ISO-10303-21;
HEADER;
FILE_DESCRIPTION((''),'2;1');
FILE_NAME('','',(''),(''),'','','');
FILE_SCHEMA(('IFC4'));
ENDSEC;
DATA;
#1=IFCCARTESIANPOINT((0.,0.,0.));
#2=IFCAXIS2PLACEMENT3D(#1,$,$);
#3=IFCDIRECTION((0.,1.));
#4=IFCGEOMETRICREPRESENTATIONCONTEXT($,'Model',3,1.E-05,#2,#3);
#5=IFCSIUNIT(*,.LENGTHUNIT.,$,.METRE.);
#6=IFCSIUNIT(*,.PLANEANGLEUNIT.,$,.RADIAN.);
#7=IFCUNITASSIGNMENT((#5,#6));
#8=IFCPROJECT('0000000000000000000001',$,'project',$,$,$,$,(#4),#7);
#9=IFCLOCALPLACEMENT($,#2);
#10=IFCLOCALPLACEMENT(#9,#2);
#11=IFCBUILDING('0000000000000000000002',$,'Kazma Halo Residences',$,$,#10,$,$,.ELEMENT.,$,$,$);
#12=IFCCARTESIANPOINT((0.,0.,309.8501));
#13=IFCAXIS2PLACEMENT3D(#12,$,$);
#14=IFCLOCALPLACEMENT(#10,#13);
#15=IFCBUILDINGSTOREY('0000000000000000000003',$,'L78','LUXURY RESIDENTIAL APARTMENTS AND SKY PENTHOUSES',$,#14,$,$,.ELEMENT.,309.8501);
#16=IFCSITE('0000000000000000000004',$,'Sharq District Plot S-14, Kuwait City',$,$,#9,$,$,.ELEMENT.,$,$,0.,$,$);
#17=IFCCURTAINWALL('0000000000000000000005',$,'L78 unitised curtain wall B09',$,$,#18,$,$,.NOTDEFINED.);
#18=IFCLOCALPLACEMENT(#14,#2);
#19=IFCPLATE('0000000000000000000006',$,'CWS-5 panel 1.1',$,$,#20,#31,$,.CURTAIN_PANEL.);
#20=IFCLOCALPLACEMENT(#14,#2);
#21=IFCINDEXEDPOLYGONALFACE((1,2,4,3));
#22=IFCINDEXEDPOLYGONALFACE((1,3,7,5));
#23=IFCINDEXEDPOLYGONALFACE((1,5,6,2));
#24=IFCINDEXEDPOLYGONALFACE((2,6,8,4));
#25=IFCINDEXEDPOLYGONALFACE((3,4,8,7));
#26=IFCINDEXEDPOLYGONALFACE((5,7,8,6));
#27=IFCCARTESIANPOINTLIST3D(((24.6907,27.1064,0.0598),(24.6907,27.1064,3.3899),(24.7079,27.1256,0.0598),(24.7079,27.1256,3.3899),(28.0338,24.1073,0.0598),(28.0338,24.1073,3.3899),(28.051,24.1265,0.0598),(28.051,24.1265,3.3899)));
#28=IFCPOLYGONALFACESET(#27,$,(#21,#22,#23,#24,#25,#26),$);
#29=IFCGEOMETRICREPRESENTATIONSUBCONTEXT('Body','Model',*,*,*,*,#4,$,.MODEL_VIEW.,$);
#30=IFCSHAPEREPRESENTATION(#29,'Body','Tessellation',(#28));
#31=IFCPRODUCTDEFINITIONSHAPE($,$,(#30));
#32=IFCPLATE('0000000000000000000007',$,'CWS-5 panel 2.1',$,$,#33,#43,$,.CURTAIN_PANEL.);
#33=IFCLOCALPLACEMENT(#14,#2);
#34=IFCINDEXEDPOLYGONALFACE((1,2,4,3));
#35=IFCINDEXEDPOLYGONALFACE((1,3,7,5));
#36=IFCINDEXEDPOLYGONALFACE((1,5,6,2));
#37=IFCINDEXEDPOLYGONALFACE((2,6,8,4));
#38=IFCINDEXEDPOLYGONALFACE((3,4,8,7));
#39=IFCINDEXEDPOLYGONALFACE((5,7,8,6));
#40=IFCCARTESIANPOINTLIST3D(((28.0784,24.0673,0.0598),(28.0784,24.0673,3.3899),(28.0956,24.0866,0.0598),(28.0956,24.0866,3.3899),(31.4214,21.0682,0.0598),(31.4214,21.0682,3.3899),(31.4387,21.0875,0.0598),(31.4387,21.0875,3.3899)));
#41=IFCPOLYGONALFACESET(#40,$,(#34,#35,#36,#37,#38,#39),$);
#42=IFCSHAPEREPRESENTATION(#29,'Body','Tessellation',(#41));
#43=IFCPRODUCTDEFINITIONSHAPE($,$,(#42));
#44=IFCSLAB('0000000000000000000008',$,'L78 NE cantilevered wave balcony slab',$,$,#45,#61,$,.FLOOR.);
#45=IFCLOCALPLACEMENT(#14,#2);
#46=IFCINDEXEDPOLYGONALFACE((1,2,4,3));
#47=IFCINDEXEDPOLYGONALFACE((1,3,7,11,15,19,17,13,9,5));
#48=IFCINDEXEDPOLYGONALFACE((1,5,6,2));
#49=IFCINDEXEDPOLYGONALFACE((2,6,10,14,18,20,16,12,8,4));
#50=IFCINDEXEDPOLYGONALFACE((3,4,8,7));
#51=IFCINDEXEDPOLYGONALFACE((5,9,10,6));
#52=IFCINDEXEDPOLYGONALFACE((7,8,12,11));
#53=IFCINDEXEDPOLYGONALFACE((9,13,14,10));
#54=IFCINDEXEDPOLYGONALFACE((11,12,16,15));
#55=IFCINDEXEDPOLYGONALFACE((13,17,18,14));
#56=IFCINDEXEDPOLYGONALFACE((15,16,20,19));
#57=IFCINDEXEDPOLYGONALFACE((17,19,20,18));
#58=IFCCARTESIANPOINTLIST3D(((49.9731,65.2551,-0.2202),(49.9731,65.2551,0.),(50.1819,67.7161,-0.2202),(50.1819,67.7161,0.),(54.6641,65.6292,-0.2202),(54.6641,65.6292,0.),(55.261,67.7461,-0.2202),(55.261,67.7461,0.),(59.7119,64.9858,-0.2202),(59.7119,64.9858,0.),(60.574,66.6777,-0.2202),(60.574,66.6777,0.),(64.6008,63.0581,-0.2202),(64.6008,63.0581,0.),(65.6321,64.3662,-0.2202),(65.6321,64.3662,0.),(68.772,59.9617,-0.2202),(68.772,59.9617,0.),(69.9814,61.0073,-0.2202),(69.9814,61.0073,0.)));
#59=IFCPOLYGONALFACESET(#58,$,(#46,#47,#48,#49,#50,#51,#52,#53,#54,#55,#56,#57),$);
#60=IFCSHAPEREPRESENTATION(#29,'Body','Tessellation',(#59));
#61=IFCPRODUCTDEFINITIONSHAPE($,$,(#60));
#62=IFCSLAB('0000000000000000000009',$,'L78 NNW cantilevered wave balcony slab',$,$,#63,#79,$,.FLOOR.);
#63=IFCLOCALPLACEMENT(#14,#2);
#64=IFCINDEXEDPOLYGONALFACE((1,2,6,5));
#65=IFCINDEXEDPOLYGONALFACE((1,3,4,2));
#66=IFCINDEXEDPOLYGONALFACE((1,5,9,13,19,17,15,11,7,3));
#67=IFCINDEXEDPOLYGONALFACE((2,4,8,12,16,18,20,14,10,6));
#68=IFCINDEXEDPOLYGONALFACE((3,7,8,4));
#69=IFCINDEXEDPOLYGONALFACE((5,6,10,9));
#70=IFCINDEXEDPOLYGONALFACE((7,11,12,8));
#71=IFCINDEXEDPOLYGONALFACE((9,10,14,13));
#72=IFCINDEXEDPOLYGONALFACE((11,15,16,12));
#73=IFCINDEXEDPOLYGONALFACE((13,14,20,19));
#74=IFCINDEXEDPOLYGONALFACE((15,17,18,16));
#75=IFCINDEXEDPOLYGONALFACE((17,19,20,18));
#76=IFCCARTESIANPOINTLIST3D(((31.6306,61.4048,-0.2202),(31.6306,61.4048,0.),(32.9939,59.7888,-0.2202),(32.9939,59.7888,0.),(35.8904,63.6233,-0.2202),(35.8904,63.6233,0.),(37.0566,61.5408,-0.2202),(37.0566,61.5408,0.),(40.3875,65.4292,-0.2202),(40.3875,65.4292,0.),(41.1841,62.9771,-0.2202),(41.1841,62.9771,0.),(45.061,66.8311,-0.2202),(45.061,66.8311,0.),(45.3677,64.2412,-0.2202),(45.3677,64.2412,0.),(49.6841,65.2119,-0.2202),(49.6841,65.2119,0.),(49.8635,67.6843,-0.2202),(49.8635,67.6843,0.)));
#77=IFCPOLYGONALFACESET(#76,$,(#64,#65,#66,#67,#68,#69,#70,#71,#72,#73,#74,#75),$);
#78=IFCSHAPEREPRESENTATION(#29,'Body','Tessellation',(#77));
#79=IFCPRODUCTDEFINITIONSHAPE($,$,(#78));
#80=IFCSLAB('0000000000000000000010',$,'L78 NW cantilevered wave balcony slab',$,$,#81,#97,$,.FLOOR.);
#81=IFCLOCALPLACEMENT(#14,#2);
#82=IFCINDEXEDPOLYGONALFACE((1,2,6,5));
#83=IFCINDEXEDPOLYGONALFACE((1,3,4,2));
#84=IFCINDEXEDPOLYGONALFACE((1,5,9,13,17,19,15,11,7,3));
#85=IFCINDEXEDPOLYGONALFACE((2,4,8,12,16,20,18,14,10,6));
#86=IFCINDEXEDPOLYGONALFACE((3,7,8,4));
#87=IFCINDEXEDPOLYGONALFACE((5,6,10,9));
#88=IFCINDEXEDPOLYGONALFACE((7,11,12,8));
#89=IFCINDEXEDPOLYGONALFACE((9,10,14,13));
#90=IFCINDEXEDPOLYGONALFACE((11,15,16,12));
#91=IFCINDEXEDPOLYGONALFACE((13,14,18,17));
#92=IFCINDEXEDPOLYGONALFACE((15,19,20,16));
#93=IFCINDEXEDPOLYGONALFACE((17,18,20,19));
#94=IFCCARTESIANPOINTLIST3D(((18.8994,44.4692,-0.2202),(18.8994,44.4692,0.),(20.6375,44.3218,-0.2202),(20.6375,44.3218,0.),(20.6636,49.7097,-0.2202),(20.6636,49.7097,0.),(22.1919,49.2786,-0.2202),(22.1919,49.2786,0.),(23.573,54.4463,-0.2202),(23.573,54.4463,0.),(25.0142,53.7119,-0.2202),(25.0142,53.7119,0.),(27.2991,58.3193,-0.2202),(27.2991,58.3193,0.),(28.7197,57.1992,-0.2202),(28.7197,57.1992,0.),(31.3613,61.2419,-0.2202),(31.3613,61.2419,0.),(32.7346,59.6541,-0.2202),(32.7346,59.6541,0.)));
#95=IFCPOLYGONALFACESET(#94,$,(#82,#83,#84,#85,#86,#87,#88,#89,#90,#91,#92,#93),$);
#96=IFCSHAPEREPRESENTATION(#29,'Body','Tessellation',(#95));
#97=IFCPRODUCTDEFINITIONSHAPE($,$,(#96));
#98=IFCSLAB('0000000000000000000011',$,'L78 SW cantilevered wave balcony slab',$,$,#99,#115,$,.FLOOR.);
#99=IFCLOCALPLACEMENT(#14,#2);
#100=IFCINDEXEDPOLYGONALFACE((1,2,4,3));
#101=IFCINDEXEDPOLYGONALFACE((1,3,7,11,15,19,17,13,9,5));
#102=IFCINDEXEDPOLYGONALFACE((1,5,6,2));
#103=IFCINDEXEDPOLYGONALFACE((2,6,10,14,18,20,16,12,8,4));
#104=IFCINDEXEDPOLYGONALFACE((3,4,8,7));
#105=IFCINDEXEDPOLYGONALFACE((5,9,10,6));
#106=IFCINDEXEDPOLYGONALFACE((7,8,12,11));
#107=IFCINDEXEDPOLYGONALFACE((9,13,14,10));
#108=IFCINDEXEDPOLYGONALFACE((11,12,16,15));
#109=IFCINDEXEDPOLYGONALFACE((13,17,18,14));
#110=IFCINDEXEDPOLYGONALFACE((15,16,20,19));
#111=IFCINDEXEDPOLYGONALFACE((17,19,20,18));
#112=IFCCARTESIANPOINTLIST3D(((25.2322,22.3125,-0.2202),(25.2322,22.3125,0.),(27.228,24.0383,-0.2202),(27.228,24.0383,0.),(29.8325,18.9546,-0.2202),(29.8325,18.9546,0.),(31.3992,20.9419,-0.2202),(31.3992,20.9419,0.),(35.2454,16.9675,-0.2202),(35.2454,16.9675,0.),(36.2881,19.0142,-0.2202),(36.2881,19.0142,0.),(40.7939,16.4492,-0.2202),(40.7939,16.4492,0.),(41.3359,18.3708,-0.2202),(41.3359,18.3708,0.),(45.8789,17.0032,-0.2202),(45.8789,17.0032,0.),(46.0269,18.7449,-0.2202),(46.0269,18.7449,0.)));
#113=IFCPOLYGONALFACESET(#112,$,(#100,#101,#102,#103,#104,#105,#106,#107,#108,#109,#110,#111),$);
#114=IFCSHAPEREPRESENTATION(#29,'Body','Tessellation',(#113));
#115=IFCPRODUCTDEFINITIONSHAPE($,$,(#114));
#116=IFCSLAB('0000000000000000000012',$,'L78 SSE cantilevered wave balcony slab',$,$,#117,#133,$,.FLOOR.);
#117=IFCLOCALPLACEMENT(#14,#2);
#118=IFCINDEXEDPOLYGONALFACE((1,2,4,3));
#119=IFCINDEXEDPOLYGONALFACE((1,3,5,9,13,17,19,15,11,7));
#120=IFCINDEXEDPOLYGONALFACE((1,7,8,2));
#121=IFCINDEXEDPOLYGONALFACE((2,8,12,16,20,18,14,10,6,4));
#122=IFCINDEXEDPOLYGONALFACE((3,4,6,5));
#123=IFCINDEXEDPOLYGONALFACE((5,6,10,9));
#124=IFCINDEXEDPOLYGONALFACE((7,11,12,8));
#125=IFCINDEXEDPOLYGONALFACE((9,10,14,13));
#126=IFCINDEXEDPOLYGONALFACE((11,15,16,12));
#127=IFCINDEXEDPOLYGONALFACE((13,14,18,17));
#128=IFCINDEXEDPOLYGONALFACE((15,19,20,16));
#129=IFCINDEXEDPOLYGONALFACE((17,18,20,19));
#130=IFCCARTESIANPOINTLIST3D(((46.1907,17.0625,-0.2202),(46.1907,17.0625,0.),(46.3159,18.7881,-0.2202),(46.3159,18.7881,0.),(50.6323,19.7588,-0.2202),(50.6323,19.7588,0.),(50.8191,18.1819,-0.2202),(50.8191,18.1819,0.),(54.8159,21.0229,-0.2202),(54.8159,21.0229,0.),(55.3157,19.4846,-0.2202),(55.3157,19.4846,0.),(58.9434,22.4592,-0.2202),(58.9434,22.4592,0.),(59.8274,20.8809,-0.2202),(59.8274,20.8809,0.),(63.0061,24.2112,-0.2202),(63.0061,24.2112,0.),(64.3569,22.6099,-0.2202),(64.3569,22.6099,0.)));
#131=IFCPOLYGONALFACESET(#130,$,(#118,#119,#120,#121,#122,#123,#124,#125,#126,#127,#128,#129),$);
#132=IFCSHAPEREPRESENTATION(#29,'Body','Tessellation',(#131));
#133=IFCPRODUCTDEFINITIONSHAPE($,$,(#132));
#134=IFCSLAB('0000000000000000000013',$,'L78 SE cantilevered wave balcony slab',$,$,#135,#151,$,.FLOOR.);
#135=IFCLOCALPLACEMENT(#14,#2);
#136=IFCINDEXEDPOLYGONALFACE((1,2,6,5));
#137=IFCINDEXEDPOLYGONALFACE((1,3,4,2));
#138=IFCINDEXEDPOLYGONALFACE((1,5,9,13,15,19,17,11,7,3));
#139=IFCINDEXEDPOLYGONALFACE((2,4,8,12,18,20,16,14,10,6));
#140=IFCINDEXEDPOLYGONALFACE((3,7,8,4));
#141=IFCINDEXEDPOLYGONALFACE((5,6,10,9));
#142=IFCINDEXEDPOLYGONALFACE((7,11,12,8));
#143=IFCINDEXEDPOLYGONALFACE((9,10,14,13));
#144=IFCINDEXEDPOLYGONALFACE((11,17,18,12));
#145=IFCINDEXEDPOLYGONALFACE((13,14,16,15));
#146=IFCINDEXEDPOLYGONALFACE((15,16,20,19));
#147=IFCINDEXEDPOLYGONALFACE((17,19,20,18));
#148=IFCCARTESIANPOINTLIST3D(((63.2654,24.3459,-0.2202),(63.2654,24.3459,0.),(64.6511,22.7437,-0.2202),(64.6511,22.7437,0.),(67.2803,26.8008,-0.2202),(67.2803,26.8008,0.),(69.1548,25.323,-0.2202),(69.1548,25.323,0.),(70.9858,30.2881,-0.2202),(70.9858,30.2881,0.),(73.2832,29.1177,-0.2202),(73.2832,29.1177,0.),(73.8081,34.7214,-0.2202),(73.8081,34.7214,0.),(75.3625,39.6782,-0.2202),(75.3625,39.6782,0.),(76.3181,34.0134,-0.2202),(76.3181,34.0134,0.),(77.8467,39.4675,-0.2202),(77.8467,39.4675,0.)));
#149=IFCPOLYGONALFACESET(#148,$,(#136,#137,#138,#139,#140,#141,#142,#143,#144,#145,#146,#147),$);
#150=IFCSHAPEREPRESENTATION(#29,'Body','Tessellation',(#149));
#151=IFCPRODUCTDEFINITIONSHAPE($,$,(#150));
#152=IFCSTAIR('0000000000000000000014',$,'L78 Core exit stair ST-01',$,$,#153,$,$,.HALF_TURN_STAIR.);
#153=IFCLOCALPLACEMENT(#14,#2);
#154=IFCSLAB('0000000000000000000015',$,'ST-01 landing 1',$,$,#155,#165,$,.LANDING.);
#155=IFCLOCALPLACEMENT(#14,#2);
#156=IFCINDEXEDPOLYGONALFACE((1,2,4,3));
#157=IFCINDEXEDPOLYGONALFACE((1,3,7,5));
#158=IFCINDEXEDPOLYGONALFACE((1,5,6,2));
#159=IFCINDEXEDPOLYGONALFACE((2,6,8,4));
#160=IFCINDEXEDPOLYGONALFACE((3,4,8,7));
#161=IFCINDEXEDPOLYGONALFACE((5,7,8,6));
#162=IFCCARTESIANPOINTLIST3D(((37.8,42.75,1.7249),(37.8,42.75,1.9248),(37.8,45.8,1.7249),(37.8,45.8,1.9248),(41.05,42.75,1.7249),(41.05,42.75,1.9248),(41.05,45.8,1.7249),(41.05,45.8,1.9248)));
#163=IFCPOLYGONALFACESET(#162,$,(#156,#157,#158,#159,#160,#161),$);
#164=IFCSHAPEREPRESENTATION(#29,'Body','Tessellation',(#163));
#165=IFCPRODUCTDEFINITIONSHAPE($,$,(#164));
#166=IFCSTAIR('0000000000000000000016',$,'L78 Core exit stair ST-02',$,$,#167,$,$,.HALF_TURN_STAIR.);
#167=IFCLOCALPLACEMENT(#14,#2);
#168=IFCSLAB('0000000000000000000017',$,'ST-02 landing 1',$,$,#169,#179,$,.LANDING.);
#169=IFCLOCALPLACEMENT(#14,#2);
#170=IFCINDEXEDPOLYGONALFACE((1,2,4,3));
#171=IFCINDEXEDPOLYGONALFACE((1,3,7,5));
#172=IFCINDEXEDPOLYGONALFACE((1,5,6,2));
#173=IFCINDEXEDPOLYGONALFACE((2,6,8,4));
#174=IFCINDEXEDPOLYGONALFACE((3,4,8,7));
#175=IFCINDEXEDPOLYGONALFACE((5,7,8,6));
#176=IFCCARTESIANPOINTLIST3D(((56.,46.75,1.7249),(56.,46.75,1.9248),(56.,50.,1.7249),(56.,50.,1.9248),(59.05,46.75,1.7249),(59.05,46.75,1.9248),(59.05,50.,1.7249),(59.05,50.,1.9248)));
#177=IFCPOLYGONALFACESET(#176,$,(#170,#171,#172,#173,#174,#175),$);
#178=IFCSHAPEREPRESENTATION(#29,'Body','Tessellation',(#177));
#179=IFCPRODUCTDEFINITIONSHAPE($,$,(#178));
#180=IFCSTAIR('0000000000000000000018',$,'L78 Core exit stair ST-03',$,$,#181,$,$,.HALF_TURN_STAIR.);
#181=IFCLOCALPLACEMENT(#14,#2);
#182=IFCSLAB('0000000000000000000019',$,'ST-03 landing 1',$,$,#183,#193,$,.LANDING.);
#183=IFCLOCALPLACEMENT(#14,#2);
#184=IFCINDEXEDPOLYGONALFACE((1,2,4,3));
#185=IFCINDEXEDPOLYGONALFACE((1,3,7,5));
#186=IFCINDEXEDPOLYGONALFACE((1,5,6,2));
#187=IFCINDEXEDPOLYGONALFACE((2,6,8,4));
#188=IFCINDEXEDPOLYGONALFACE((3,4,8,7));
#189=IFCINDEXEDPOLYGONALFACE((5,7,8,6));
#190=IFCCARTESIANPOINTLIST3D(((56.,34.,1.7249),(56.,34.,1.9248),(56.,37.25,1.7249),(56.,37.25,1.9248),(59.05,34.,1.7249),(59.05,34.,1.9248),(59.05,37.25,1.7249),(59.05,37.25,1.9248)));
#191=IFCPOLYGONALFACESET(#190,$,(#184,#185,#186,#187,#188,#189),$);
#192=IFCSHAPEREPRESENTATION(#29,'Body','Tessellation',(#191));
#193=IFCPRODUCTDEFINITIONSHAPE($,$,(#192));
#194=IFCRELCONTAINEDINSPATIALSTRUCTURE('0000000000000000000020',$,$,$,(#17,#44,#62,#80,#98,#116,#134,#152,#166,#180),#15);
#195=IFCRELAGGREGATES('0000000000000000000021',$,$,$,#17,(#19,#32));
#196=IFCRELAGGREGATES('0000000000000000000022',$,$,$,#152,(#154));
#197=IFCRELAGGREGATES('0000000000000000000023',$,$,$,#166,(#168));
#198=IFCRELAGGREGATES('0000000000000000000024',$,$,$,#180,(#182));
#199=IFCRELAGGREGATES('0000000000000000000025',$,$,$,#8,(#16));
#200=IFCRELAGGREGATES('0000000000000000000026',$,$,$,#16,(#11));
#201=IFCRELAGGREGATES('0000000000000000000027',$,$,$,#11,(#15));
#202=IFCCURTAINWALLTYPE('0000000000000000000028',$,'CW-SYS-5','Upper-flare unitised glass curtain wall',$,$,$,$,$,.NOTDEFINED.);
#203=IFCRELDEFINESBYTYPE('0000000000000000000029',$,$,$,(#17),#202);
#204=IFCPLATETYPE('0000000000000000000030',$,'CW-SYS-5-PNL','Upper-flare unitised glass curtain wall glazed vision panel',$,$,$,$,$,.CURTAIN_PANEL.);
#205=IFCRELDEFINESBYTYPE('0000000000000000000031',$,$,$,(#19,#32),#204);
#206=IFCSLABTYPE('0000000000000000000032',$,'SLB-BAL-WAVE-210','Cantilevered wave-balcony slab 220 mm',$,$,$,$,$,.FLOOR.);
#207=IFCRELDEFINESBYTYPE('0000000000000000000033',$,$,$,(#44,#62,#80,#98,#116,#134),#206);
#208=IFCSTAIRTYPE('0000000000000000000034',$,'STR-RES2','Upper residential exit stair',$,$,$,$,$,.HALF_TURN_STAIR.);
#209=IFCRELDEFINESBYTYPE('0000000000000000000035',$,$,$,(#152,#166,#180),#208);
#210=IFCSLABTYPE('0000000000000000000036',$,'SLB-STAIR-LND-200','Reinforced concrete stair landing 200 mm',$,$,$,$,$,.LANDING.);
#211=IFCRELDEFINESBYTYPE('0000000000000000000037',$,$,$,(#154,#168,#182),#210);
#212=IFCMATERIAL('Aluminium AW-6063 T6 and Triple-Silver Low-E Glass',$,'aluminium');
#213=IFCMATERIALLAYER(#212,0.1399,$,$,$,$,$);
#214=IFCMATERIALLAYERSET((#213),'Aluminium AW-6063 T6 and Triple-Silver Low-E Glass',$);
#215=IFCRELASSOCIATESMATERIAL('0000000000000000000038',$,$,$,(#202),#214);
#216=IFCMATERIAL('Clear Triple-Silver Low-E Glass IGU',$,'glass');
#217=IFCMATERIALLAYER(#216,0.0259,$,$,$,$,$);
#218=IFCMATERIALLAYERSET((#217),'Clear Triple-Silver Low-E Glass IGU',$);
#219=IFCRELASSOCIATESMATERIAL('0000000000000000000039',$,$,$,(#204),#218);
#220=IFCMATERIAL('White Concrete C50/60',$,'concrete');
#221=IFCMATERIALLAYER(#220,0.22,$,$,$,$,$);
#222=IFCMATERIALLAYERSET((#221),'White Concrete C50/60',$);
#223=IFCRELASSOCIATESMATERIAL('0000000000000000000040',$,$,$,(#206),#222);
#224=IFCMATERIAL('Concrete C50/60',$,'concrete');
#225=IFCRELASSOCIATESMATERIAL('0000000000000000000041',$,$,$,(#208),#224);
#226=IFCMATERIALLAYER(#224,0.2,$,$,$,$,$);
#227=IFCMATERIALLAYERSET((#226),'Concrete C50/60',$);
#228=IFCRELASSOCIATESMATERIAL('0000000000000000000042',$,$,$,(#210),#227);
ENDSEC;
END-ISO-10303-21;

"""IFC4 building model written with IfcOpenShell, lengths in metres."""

from ifc_helpers import new_model, si_unit, direction, frame, origin, origin_2d, place, context, subcontext, project, spatial, polyline, rectangle, outline, extrude, material, layer, layer_set, type_object, element, aggregate, save


model = new_model("IFC4")

# Units and contexts
model_context = context("Model", 3, precision=1e-05, world=origin(), true_north=direction((0.0, 1.0)))
body_context = subcontext(model_context, "Body", "Model", "MODEL_VIEW")
ifc_project = project(units=[si_unit("LENGTHUNIT", "METRE"), si_unit("PLANEANGLEUNIT", "RADIAN")], contexts=[model_context])

# Site, building, storey
site_placement = place(None, origin())
site = spatial("IfcSite", under=ifc_project, at=site_placement, Name="Sharq District Plot S-14, Kuwait City", CompositionType="ELEMENT", RefElevation=0.0)
building_placement = place(site_placement, origin())
building = spatial("IfcBuilding", under=site, at=building_placement, Name="Kazma Halo Residences", CompositionType="ELEMENT")
storey_placement = place(building_placement, frame((0.0, 0.0, 309.8501)))
storey = spatial("IfcBuildingStorey", under=building, at=storey_placement, Name="L78", Description="LUXURY RESIDENTIAL APARTMENTS AND SKY PENTHOUSES", CompositionType="ELEMENT", Elevation=309.8501)

# Curtain wall, plates
ifc_material_1 = material(Name="Aluminium AW-6063 T6 and Triple-Silver Low-E Glass", Category="aluminium")
ifc_layer_1 = layer(ifc_material_1, 0.1399)
ifc_layer_set_1 = layer_set([ifc_layer_1], Name="Aluminium AW-6063 T6 and Triple-Silver Low-E Glass")
curtain_wall_type = type_object("IfcCurtainWallType", Name="CW-SYS-5", Description="Upper-flare unitised glass curtain wall", PredefinedType="NOTDEFINED", material=ifc_layer_set_1)
curtain_wall_placement = place(storey_placement, origin())
curtain_wall = element("IfcCurtainWall", 1, at=curtain_wall_placement, inside=storey, type_object=curtain_wall_type, Name="L78 unitised curtain wall B09", PredefinedType="NOTDEFINED")
ifc_material_2 = material(Name="Clear Triple-Silver Low-E Glass IGU", Category="glass")
ifc_layer_2 = layer(ifc_material_2, 0.0259)
ifc_layer_set_2 = layer_set([ifc_layer_2], Name="Clear Triple-Silver Low-E Glass IGU")
plate_type = type_object("IfcPlateType", Name="CW-SYS-5-PNL", Description="Upper-flare unitised glass curtain wall glazed vision panel", PredefinedType="CURTAIN_PANEL", material=ifc_layer_set_2)
plate_1_placement = place(storey_placement, frame((26.3708, 25.6165, 0.0598), z_axis=(0.0, 0.0, 1.0), x_axis=(0.744362, -0.667776, 0.0)))
plate_1 = element("IfcPlate", 2, at=plate_1_placement, type_object=plate_type, Name="CWS-5 panel 1.1", PredefinedType="CURTAIN_PANEL", context=body_context, shape_type="SweptSolid", body=[
    extrude(rectangle(XDim=4.4912, YDim=0.0259, at=origin_2d()), origin(), (0.0, 0.0, 1.0), 3.3301),
])
plate_2_placement = place(storey_placement, frame((29.7585, 22.5774, 0.0598), z_axis=(0.0, 0.0, 1.0), x_axis=(0.744362, -0.667776, 0.0)))
plate_2 = element("IfcPlate", 3, at=plate_2_placement, type_object=plate_type, Name="CWS-5 panel 2.1", PredefinedType="CURTAIN_PANEL", context=body_context, shape_type="SweptSolid", body=[
    extrude(rectangle(XDim=4.4912, YDim=0.0259, at=origin_2d()), origin(), (0.0, 0.0, 1.0), 3.3301),
])
aggregate(curtain_wall, [plate_1, plate_2])

# Slabs
ifc_material_3 = material(Name="White Concrete C50/60", Category="concrete")
ifc_layer_3 = layer(ifc_material_3, 0.22)
ifc_layer_set_3 = layer_set([ifc_layer_3], Name="White Concrete C50/60")
slab_type_1 = type_object("IfcSlabType", Name="SLB-BAL-WAVE-210", Description="Cantilevered wave-balcony slab 220 mm", PredefinedType="FLOOR", material=ifc_layer_set_3)
slab_1_placement = place(storey_placement, frame((0.0, 0.0, -0.2202)))
element("IfcSlab", 4, at=slab_1_placement, inside=storey, type_object=slab_type_1, Name="L78 NE cantilevered wave balcony slab", PredefinedType="FLOOR", context=body_context, shape_type="SweptSolid", body=[
    extrude(outline(polyline([(68.772, 59.9617), (64.6008, 63.0581), (59.7119, 64.9858), (54.6641, 65.6292), (49.9731, 65.2551), (50.1819, 67.7161), (55.261, 67.7461), (60.574, 66.6777), (65.6321, 64.3662), (69.9814, 61.0073), (68.772, 59.9617)])), origin(), (0.0, 0.0, 1.0), 0.2202),
])
slab_2_placement = place(storey_placement, frame((0.0, 0.0, -0.2202)))
element("IfcSlab", 5, at=slab_2_placement, inside=storey, type_object=slab_type_1, Name="L78 NNW cantilevered wave balcony slab", PredefinedType="FLOOR", context=body_context, shape_type="SweptSolid", body=[
    extrude(outline(polyline([(49.6841, 65.2119), (45.3677, 64.2412), (41.1841, 62.9771), (37.0566, 61.5408), (32.9939, 59.7888), (31.6306, 61.4048), (35.8904, 63.6233), (40.3875, 65.4292), (45.061, 66.8311), (49.8635, 67.6843), (49.6841, 65.2119)])), origin(), (0.0, 0.0, 1.0), 0.2202),
])
slab_3_placement = place(storey_placement, frame((0.0, 0.0, -0.2202)))
element("IfcSlab", 6, at=slab_3_placement, inside=storey, type_object=slab_type_1, Name="L78 NW cantilevered wave balcony slab", PredefinedType="FLOOR", context=body_context, shape_type="SweptSolid", body=[
    extrude(outline(polyline([(32.7346, 59.6541), (28.7197, 57.1992), (25.0142, 53.7119), (22.1919, 49.2786), (20.6375, 44.3218), (18.8994, 44.4692), (20.6636, 49.7097), (23.573, 54.4463), (27.2991, 58.3193), (31.3613, 61.2419), (32.7346, 59.6541)])), origin(), (0.0, 0.0, 1.0), 0.2202),
])
slab_4_placement = place(storey_placement, frame((0.0, 0.0, -0.2202)))
element("IfcSlab", 7, at=slab_4_placement, inside=storey, type_object=slab_type_1, Name="L78 SW cantilevered wave balcony slab", PredefinedType="FLOOR", context=body_context, shape_type="SweptSolid", body=[
    extrude(outline(polyline([(27.228, 24.0383), (31.3992, 20.9419), (36.2881, 19.0142), (41.3359, 18.3708), (46.0269, 18.7449), (45.8789, 17.0032), (40.7939, 16.4492), (35.2454, 16.9675), (29.8325, 18.9546), (25.2322, 22.3125), (27.228, 24.0383)])), origin(), (0.0, 0.0, 1.0), 0.2202),
])
slab_5_placement = place(storey_placement, frame((0.0, 0.0, -0.2202)))
element("IfcSlab", 8, at=slab_5_placement, inside=storey, type_object=slab_type_1, Name="L78 SSE cantilevered wave balcony slab", PredefinedType="FLOOR", context=body_context, shape_type="SweptSolid", body=[
    extrude(outline(polyline([(46.3159, 18.7881), (50.6323, 19.7588), (54.8159, 21.0229), (58.9434, 22.4592), (63.0061, 24.2112), (64.3569, 22.6099), (59.8274, 20.8809), (55.3157, 19.4846), (50.8191, 18.1819), (46.1907, 17.0625), (46.3159, 18.7881)])), origin(), (0.0, 0.0, 1.0), 0.2202),
])
slab_6_placement = place(storey_placement, frame((0.0, 0.0, -0.2202)))
element("IfcSlab", 9, at=slab_6_placement, inside=storey, type_object=slab_type_1, Name="L78 SE cantilevered wave balcony slab", PredefinedType="FLOOR", context=body_context, shape_type="SweptSolid", body=[
    extrude(outline(polyline([(63.2654, 24.3459), (67.2803, 26.8008), (70.9858, 30.2881), (73.8081, 34.7214), (75.3625, 39.6782), (77.8467, 39.4675), (76.3181, 34.0134), (73.2832, 29.1177), (69.1548, 25.323), (64.6511, 22.7437), (63.2654, 24.3459)])), origin(), (0.0, 0.0, 1.0), 0.2202),
])

# Stairs, slabs
ifc_material_4 = material(Name="Concrete C50/60", Category="concrete")
stair_type = type_object("IfcStairType", Name="STR-RES2", Description="Upper residential exit stair", PredefinedType="HALF_TURN_STAIR", material=ifc_material_4)
stair_1_placement = place(storey_placement, origin())
stair_1 = element("IfcStair", 10, at=stair_1_placement, inside=storey, type_object=stair_type, Name="L78 Core exit stair ST-01", PredefinedType="HALF_TURN_STAIR")
ifc_layer_4 = layer(ifc_material_4, 0.2)
ifc_layer_set_4 = layer_set([ifc_layer_4], Name="Concrete C50/60")
slab_type_2 = type_object("IfcSlabType", Name="SLB-STAIR-LND-200", Description="Reinforced concrete stair landing 200 mm", PredefinedType="LANDING", material=ifc_layer_set_4)
slab_7_placement = place(storey_placement, frame((0.0, 0.0, 1.7249)))
slab_7 = element("IfcSlab", 11, at=slab_7_placement, type_object=slab_type_2, Name="ST-01 landing 1", PredefinedType="LANDING", context=body_context, shape_type="SweptSolid", body=[
    extrude(outline(polyline([(41.05, 42.75), (41.05, 45.8), (37.8, 45.8), (37.8, 42.75), (41.05, 42.75)])), origin(), (0.0, 0.0, 1.0), 0.2),
])
aggregate(stair_1, [slab_7])
stair_2_placement = place(storey_placement, origin())
stair_2 = element("IfcStair", 12, at=stair_2_placement, inside=storey, type_object=stair_type, Name="L78 Core exit stair ST-02", PredefinedType="HALF_TURN_STAIR")
slab_8_placement = place(storey_placement, frame((0.0, 0.0, 1.7249)))
slab_8 = element("IfcSlab", 13, at=slab_8_placement, type_object=slab_type_2, Name="ST-02 landing 1", PredefinedType="LANDING", context=body_context, shape_type="SweptSolid", body=[
    extrude(outline(polyline([(56.0, 46.75), (59.05, 46.75), (59.05, 50.0), (56.0, 50.0), (56.0, 46.75)])), origin(), (0.0, 0.0, 1.0), 0.2),
])
aggregate(stair_2, [slab_8])
stair_3_placement = place(storey_placement, origin())
stair_3 = element("IfcStair", 14, at=stair_3_placement, inside=storey, type_object=stair_type, Name="L78 Core exit stair ST-03", PredefinedType="HALF_TURN_STAIR")
slab_9_placement = place(storey_placement, frame((0.0, 0.0, 1.7249)))
slab_9 = element("IfcSlab", 15, at=slab_9_placement, type_object=slab_type_2, Name="ST-03 landing 1", PredefinedType="LANDING", context=body_context, shape_type="SweptSolid", body=[
    extrude(outline(polyline([(56.0, 34.0), (59.05, 34.0), (59.05, 37.25), (56.0, 37.25), (56.0, 34.0)])), origin(), (0.0, 0.0, 1.0), 0.2),
])
aggregate(stair_3, [slab_9])

save(model, "model.ifc")
